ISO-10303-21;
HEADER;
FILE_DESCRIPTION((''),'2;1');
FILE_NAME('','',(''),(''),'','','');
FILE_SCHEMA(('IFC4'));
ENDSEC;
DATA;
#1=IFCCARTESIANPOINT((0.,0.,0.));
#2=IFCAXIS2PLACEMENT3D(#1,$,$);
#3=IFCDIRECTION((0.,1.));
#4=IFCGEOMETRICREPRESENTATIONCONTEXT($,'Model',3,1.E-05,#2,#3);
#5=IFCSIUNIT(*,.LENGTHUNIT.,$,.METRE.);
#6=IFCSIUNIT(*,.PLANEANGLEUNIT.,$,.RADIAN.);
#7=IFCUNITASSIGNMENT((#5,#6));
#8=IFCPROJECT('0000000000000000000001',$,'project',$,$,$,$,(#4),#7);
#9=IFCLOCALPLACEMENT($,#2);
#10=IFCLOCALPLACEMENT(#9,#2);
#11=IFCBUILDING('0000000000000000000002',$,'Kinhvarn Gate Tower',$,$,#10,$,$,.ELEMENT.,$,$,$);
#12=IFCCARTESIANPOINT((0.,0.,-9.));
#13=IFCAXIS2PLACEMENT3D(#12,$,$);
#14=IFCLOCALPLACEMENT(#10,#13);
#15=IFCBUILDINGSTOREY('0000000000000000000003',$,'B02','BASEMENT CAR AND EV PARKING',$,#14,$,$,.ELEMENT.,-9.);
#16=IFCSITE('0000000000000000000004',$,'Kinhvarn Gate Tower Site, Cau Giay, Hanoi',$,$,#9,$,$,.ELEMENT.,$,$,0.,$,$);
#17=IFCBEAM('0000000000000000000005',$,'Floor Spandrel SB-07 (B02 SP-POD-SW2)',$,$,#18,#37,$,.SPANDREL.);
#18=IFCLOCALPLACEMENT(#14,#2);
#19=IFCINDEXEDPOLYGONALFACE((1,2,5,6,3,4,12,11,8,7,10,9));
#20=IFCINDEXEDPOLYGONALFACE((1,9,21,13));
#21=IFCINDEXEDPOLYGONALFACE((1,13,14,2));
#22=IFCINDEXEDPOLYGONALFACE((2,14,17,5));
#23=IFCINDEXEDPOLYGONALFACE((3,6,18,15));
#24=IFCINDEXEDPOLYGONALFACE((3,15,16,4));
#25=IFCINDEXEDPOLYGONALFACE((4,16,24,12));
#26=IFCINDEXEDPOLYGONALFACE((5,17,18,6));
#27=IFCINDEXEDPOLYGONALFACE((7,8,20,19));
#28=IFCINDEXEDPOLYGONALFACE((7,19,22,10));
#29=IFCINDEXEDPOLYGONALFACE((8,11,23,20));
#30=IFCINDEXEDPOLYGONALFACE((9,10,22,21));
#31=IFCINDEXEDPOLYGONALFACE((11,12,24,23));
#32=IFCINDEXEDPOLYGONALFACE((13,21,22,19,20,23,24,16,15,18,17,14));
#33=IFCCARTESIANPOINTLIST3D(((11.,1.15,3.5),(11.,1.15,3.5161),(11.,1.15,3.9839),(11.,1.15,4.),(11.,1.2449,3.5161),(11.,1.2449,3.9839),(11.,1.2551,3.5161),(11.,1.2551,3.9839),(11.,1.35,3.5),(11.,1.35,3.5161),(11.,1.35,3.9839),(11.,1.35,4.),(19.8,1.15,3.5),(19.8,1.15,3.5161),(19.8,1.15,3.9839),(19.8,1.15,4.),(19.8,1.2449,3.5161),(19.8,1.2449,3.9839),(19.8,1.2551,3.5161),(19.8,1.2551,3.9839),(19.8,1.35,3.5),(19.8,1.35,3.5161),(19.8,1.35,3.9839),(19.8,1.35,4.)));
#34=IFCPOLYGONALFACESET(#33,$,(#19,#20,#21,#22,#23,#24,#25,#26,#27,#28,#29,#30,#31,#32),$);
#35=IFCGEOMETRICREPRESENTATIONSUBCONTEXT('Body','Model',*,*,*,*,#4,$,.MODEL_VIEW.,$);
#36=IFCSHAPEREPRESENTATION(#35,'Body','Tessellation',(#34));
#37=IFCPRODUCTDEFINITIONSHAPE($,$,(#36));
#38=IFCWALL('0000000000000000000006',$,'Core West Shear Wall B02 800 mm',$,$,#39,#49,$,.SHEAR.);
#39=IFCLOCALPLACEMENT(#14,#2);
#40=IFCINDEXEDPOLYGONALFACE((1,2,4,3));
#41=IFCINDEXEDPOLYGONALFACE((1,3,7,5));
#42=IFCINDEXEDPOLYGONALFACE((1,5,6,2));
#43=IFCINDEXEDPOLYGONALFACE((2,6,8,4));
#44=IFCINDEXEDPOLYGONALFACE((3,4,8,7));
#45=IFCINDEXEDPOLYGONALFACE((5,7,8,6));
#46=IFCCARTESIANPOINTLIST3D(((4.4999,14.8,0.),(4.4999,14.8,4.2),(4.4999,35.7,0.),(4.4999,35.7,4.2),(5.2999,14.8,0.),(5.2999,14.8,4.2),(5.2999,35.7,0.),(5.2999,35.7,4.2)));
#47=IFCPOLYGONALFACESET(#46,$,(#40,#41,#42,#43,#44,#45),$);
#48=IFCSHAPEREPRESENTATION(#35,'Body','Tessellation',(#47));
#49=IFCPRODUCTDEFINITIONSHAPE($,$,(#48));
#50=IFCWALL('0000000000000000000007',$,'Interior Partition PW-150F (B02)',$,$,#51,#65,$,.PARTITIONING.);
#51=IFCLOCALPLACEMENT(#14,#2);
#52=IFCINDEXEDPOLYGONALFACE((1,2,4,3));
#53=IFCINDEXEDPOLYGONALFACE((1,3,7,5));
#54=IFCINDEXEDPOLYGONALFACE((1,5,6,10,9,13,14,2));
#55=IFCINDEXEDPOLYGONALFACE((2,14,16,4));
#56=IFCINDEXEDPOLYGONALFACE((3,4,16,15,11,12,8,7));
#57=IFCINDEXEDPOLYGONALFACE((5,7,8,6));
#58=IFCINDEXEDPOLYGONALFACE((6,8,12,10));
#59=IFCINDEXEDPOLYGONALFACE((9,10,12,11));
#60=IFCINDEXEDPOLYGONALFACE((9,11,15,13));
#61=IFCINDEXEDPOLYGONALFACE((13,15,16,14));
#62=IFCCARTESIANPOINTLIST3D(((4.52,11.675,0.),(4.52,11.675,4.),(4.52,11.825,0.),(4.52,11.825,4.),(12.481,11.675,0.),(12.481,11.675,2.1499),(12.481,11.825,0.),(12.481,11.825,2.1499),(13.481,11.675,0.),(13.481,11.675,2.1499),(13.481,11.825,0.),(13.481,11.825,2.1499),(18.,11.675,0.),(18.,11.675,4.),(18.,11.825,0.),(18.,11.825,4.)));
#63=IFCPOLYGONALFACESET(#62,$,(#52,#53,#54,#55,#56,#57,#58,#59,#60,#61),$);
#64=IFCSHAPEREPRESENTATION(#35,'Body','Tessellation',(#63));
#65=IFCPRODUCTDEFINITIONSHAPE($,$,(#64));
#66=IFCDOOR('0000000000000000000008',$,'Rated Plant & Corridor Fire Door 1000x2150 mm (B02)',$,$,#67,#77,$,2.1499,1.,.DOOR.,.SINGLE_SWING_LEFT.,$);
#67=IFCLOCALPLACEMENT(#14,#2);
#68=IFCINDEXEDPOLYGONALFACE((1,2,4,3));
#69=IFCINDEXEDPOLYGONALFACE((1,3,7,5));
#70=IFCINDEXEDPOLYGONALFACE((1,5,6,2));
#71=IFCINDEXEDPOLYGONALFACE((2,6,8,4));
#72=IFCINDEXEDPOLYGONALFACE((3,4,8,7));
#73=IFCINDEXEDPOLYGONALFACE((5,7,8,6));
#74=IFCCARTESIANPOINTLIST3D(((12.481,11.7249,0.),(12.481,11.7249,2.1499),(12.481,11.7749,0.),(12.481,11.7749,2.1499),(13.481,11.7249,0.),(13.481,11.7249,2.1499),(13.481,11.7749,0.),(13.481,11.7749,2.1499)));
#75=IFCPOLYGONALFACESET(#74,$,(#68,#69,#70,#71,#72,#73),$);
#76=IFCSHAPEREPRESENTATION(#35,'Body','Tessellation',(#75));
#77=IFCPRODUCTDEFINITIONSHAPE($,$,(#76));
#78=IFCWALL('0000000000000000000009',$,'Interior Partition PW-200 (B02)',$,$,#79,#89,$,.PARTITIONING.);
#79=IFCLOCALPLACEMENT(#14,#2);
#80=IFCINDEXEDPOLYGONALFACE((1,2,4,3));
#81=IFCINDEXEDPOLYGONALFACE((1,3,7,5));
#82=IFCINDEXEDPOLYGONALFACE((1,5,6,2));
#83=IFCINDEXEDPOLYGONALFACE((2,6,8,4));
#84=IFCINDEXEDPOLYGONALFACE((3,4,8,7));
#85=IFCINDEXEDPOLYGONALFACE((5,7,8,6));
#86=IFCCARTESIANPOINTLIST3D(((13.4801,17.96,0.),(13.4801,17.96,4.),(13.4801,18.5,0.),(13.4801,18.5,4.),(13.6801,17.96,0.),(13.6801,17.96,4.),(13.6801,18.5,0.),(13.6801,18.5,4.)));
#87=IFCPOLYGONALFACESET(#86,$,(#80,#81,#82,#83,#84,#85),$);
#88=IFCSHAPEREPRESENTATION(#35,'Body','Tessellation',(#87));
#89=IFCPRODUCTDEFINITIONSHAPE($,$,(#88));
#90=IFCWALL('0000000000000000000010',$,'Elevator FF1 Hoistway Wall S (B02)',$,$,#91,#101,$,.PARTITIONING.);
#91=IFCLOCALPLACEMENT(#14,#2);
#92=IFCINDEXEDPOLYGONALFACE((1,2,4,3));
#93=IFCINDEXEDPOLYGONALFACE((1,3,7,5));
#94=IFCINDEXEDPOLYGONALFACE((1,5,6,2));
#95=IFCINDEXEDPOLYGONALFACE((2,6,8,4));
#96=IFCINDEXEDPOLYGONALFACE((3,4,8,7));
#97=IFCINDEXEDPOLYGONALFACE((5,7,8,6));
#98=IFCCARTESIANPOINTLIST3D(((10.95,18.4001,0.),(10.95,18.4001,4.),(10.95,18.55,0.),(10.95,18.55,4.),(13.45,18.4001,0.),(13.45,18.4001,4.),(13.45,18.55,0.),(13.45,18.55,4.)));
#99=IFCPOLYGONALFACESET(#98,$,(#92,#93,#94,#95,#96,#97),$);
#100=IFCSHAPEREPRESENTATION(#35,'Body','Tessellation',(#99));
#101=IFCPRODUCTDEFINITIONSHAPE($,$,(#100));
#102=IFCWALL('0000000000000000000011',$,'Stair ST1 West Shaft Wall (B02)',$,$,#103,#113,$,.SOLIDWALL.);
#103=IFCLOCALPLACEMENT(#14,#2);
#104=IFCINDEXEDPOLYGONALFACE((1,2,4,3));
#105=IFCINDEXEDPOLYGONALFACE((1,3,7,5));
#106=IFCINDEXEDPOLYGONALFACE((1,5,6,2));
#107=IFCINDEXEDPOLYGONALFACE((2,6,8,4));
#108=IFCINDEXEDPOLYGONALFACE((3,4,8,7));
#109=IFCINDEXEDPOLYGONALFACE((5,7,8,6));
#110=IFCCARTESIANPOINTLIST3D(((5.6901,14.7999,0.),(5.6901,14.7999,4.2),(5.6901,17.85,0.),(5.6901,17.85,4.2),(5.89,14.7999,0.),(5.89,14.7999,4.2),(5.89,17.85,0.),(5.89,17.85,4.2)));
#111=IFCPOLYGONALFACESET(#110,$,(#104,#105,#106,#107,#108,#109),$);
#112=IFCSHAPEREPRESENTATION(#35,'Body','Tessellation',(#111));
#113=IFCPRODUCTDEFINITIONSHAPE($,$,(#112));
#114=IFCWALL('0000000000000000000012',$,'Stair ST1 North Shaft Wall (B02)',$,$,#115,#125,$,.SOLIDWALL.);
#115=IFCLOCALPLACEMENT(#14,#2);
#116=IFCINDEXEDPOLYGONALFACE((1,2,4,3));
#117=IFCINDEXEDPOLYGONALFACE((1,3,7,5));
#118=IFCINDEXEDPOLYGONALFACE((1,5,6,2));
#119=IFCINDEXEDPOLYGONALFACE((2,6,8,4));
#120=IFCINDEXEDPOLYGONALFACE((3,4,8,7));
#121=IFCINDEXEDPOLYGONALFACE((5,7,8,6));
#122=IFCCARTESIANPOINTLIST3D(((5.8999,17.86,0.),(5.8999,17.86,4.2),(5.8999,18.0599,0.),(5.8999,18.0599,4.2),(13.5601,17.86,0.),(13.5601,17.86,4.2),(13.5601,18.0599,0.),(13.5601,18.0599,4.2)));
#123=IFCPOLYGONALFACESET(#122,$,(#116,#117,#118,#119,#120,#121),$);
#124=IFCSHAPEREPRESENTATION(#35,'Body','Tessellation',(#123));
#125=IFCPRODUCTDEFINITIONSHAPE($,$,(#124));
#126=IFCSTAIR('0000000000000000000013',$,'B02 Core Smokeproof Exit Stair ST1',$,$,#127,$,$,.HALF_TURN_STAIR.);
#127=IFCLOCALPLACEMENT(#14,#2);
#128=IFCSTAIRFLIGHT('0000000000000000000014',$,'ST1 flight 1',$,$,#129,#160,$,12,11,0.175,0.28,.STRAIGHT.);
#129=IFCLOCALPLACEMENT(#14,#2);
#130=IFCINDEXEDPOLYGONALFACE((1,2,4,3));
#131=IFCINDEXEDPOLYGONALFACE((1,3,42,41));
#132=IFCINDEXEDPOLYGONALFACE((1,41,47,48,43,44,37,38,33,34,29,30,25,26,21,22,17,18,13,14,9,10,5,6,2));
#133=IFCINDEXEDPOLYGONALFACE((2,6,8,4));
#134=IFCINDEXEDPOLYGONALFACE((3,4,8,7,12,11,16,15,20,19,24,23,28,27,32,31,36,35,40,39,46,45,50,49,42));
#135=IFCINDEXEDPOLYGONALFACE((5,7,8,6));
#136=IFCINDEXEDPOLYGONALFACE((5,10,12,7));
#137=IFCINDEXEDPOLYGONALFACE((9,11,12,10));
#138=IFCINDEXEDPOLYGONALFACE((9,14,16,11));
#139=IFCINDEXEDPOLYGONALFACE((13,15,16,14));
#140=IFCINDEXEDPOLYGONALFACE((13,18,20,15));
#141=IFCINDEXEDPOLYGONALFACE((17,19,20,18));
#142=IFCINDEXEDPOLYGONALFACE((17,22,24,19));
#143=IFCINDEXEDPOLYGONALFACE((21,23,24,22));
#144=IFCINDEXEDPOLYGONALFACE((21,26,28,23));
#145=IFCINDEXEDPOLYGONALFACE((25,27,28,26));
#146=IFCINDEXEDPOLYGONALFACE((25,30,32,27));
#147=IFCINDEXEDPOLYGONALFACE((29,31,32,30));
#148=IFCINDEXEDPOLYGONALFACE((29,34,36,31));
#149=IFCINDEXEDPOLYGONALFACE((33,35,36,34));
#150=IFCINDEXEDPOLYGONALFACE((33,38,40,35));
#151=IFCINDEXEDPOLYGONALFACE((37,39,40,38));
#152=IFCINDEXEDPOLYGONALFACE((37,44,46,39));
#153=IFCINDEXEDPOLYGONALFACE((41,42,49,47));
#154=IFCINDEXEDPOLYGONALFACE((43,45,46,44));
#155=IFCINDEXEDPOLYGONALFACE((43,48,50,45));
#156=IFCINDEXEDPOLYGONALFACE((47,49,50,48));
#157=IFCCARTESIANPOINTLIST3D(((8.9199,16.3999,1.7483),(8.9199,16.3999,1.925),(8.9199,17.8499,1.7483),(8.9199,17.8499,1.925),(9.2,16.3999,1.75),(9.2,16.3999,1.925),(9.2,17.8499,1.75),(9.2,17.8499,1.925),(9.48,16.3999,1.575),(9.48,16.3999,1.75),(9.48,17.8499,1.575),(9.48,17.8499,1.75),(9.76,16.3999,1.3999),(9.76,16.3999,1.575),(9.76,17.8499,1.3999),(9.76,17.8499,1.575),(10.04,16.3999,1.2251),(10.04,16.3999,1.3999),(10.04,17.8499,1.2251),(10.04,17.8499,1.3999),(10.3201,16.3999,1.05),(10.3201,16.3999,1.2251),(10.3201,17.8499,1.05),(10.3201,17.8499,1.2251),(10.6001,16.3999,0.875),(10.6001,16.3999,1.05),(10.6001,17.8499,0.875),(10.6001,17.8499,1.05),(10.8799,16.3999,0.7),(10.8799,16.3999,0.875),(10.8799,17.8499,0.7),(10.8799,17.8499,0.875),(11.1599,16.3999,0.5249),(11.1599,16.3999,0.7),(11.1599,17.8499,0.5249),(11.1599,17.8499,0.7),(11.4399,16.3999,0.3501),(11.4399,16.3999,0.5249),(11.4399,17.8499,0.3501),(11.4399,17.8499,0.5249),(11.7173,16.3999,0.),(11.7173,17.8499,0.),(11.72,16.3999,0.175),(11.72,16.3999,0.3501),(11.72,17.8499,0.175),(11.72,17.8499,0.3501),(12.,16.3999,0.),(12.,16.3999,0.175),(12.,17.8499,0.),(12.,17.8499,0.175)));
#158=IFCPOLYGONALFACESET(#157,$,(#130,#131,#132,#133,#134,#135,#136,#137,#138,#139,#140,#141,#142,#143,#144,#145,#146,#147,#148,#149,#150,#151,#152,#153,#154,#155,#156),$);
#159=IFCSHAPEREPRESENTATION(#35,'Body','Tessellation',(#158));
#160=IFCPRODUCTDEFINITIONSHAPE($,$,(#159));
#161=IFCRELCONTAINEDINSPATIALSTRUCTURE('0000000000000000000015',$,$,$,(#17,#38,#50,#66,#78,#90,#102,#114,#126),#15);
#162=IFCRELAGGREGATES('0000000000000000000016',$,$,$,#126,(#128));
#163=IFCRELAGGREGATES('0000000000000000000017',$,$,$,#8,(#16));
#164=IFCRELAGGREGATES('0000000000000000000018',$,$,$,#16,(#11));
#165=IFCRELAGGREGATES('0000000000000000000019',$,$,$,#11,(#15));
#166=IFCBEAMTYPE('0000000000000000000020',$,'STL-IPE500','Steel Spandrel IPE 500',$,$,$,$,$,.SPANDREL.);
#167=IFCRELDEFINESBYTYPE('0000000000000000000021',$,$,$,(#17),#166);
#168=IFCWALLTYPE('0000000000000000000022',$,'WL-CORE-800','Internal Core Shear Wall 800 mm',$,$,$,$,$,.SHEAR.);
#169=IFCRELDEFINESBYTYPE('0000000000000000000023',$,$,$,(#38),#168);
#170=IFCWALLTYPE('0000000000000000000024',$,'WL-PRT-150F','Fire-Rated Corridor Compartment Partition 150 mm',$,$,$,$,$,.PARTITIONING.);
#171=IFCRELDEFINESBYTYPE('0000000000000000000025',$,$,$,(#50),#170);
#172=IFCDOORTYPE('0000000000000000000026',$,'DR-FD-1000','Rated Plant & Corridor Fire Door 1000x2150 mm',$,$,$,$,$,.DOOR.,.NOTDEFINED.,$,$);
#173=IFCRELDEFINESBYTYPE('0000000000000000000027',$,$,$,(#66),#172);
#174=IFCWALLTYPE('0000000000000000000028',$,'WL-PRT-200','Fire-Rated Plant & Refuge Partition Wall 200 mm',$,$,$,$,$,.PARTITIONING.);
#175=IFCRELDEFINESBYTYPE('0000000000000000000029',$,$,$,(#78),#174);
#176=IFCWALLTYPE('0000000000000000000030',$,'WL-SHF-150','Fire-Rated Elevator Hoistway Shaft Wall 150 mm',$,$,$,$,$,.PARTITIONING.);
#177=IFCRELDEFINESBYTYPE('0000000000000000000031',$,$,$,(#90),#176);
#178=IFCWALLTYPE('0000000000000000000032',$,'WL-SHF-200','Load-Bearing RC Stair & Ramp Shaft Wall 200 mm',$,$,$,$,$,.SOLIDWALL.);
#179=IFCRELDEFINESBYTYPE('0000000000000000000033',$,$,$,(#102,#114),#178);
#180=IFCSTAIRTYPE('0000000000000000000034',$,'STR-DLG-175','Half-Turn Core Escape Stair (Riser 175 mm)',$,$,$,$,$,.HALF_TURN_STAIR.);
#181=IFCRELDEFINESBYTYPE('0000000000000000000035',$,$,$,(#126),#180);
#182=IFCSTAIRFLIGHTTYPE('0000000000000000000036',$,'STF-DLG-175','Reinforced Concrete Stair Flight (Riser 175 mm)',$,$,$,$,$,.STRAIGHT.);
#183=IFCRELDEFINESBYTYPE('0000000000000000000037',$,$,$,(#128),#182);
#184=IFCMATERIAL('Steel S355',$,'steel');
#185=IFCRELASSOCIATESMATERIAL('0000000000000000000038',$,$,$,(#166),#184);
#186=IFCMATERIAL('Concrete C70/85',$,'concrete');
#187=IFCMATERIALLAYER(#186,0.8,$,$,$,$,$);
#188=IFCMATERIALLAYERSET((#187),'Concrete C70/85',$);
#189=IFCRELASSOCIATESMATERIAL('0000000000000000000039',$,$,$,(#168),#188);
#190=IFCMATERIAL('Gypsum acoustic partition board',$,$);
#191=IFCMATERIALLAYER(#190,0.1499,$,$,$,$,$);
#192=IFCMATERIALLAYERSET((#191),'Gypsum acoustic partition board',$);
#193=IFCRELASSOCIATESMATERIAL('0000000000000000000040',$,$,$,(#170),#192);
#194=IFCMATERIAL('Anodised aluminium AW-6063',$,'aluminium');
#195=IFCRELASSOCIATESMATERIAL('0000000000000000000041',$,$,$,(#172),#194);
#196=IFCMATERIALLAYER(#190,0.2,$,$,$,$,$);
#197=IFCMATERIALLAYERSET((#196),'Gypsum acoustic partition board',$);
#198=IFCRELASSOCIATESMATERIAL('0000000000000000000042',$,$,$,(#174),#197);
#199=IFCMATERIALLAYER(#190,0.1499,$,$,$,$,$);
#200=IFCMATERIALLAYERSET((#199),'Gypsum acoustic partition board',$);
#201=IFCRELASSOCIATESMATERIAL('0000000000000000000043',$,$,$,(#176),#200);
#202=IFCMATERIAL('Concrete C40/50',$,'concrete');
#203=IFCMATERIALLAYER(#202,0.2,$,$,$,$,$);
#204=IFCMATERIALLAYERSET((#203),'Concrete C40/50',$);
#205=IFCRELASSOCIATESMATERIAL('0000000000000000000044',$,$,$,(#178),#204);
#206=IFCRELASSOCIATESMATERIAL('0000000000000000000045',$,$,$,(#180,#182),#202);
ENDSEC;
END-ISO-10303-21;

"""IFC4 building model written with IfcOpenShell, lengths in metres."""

from ifc_helpers import new_model, si_unit, direction, frame, frame_2d, origin, origin_2d, place, context, subcontext, project, spatial, polyline, rectangle, i_section, outline, extrude, material, layer, layer_set, material_profile, profile_set, type_object, element, fill, aggregate, save


model = new_model("IFC4")

# Units and contexts
model_context = context("Model", 3, precision=1e-05, world=origin(), true_north=direction((0.0, 1.0)))
body_context = subcontext(model_context, "Body", "Model", "MODEL_VIEW")
ifc_project = project(units=[si_unit("LENGTHUNIT", "METRE"), si_unit("PLANEANGLEUNIT", "RADIAN")], contexts=[model_context])

# Site, building, storey
site_placement = place(None, origin())
site = spatial("IfcSite", under=ifc_project, at=site_placement, Name="Kinhvarn Gate Tower Site, Cau Giay, Hanoi", CompositionType="ELEMENT", RefElevation=0.0)
building_placement = place(site_placement, origin())
building = spatial("IfcBuilding", under=site, at=building_placement, Name="Kinhvarn Gate Tower", CompositionType="ELEMENT")
storey_placement = place(building_placement, frame((0.0, 0.0, -9.0)))
storey = spatial("IfcBuildingStorey", under=building, at=storey_placement, Name="B02", Description="BASEMENT CAR AND EV PARKING", CompositionType="ELEMENT", Elevation=-9.0)

# Shared definitions
ifc_material_1 = material(Name="Concrete C70/85", Category="concrete")

# Beam
ifc_material_2 = material(Name="Steel S355", Category="steel")
ifc_material_profile_1 = material_profile(ifc_material_2, i_section(OverallWidth=0.2, OverallDepth=0.5, WebThickness=0.0103, FlangeThickness=0.0161, at=origin_2d()), Name="IPE 500")
ifc_profile_set_1 = profile_set([ifc_material_profile_1], Name="Steel S355")
beam_type_1 = type_object("IfcBeamType", Name="STL-IPE500", Description="Steel Spandrel IPE 500", PredefinedType="SPANDREL", material=ifc_profile_set_1)
beam_1_placement = place(storey_placement, frame((11.0, 1.25, 3.75), z_axis=(1.0, 0.0, 0.0), x_axis=(0.0, 1.0, 0.0)))
element("IfcBeam", 1, at=beam_1_placement, inside=storey, type_object=beam_type_1, Name="Floor Spandrel SB-07 (B02 SP-POD-SW2)", PredefinedType="SPANDREL", context=body_context, shape_type="SweptSolid", body=[
    extrude(i_section(OverallWidth=0.2, OverallDepth=0.5, WebThickness=0.0103, FlangeThickness=0.0161, at=origin_2d()), origin(), (0.0, 0.0, 1.0), 8.8),
])

# Wall
ifc_layer_1 = layer(ifc_material_1, 0.8)
ifc_layer_set_1 = layer_set([ifc_layer_1], Name="Concrete C70/85")
wall_type_1 = type_object("IfcWallType", Name="WL-CORE-800", Description="Internal Core Shear Wall 800 mm", PredefinedType="SHEAR", material=ifc_layer_set_1)
wall_1_placement = place(storey_placement, frame((4.8999, 14.8, 0.0), z_axis=(0.0, 0.0, 1.0), x_axis=(0.0, 1.0, 0.0)))
element("IfcWall", 2, at=wall_1_placement, inside=storey, type_object=wall_type_1, Name="Core West Shear Wall B02 800 mm", PredefinedType="SHEAR", context=body_context, shape_type="SweptSolid", body=[
    extrude(rectangle(XDim=20.8999, YDim=0.8, at=frame_2d((10.45, 0.0))), origin(), (0.0, 0.0, 1.0), 4.2),
])

# Wall, opening, door
ifc_material_3 = material(Name="Anodised aluminium AW-6063", Category="aluminium")
ifc_material_4 = material(Name="Gypsum acoustic partition board")
ifc_layer_2 = layer(ifc_material_4, 0.1499)
ifc_layer_set_2 = layer_set([ifc_layer_2], Name="Gypsum acoustic partition board")
wall_type_2 = type_object("IfcWallType", Name="WL-PRT-150F", Description="Fire-Rated Corridor Compartment Partition 150 mm", PredefinedType="PARTITIONING", material=ifc_layer_set_2)
wall_2_placement = place(storey_placement, frame((4.52, 11.75, 0.0), z_axis=(0.0, 0.0, 1.0), x_axis=(1.0, 0.0, 0.0)))
wall_2 = element("IfcWall", 3, at=wall_2_placement, inside=storey, type_object=wall_type_2, Name="Interior Partition PW-150F (B02)", PredefinedType="PARTITIONING", context=body_context, shape_type="SweptSolid", body=[
    extrude(rectangle(XDim=13.48, YDim=0.1499, at=frame_2d((6.74, 0.0))), origin(), (0.0, 0.0, 1.0), 4.0),
])
opening_1_placement = place(wall_2_placement, frame((7.9609, 0.0, 0.0)))
opening_1 = element("IfcOpeningElement", 4, at=opening_1_placement, cuts=wall_2, PredefinedType="OPENING", context=body_context, shape_type="SweptSolid", body=[
    extrude(rectangle(XDim=1.0, YDim=2.1499, at=frame_2d((0.5, 1.075))), frame((0.0, 0.085, 0.0), z_axis=(0.0, -1.0, 0.0), x_axis=(1.0, 0.0, 0.0)), (0.0, 0.0, 1.0), 0.1699),
])
door_type_1 = type_object("IfcDoorType", Name="DR-FD-1000", Description="Rated Plant & Corridor Fire Door 1000x2150 mm", OperationType="NOTDEFINED", PredefinedType="DOOR", material=ifc_material_3)
door_1_placement = place(opening_1_placement, origin())
door_1 = element("IfcDoor", 5, at=door_1_placement, inside=storey, type_object=door_type_1, Name="Rated Plant & Corridor Fire Door 1000x2150 mm (B02)", OperationType="SINGLE_SWING_LEFT", OverallHeight=2.1499, OverallWidth=1.0, PredefinedType="DOOR", context=body_context, shape_type="SweptSolid", body=[
    extrude(rectangle(XDim=1.0, YDim=2.1499, at=frame_2d((0.5, 1.075))), frame((0.0, 0.0249, 0.0), z_axis=(0.0, -1.0, 0.0), x_axis=(1.0, 0.0, 0.0)), (0.0, 0.0, 1.0), 0.05),
])
fill(opening_1, door_1)

# Walls
ifc_layer_3 = layer(ifc_material_4, 0.2)
ifc_layer_set_3 = layer_set([ifc_layer_3], Name="Gypsum acoustic partition board")
wall_type_3 = type_object("IfcWallType", Name="WL-PRT-200", Description="Fire-Rated Plant & Refuge Partition Wall 200 mm", PredefinedType="PARTITIONING", material=ifc_layer_set_3)
wall_3_placement = place(storey_placement, frame((13.5801, 17.96, 0.0), z_axis=(0.0, 0.0, 1.0), x_axis=(0.0, 1.0, 0.0)))
element("IfcWall", 6, at=wall_3_placement, inside=storey, type_object=wall_type_3, Name="Interior Partition PW-200 (B02)", PredefinedType="PARTITIONING", context=body_context, shape_type="SweptSolid", body=[
    extrude(rectangle(XDim=0.54, YDim=0.2, at=frame_2d((0.27, 0.0))), origin(), (0.0, 0.0, 1.0), 4.0),
])
ifc_layer_4 = layer(ifc_material_4, 0.1499)
ifc_layer_set_4 = layer_set([ifc_layer_4], Name="Gypsum acoustic partition board")
wall_type_4 = type_object("IfcWallType", Name="WL-SHF-150", Description="Fire-Rated Elevator Hoistway Shaft Wall 150 mm", PredefinedType="PARTITIONING", material=ifc_layer_set_4)
wall_4_placement = place(storey_placement, frame((10.95, 18.4751, 0.0), z_axis=(0.0, 0.0, 1.0), x_axis=(1.0, 0.0, 0.0)))
element("IfcWall", 7, at=wall_4_placement, inside=storey, type_object=wall_type_4, Name="Elevator FF1 Hoistway Wall S (B02)", PredefinedType="PARTITIONING", context=body_context, shape_type="SweptSolid", body=[
    extrude(rectangle(XDim=2.5, YDim=0.1499, at=frame_2d((1.25, 0.0))), origin(), (0.0, 0.0, 1.0), 4.0),
])
ifc_material_5 = material(Name="Concrete C40/50", Category="concrete")
ifc_layer_5 = layer(ifc_material_5, 0.2)
ifc_layer_set_5 = layer_set([ifc_layer_5], Name="Concrete C40/50")
wall_type_5 = type_object("IfcWallType", Name="WL-SHF-200", Description="Load-Bearing RC Stair & Ramp Shaft Wall 200 mm", PredefinedType="SOLIDWALL", material=ifc_layer_set_5)
wall_5_placement = place(storey_placement, frame((5.79, 14.8, 0.0), z_axis=(0.0, 0.0, 1.0), x_axis=(0.0, 1.0, 0.0)))
element("IfcWall", 8, at=wall_5_placement, inside=storey, type_object=wall_type_5, Name="Stair ST1 West Shaft Wall (B02)", PredefinedType="SOLIDWALL", context=body_context, shape_type="SweptSolid", body=[
    extrude(rectangle(XDim=3.05, YDim=0.2, at=frame_2d((1.5249, 0.0))), origin(), (0.0, 0.0, 1.0), 4.2),
])
wall_6_placement = place(storey_placement, frame((5.8999, 17.96, 0.0), z_axis=(0.0, 0.0, 1.0), x_axis=(1.0, 0.0, 0.0)))
element("IfcWall", 9, at=wall_6_placement, inside=storey, type_object=wall_type_5, Name="Stair ST1 North Shaft Wall (B02)", PredefinedType="SOLIDWALL", context=body_context, shape_type="SweptSolid", body=[
    extrude(rectangle(XDim=7.6602, YDim=0.2, at=frame_2d((3.8301, 0.0))), origin(), (0.0, 0.0, 1.0), 4.2),
])

# Stair, stair flight
stair_type = type_object("IfcStairType", Name="STR-DLG-175", Description="Half-Turn Core Escape Stair (Riser 175 mm)", PredefinedType="HALF_TURN_STAIR", material=ifc_material_5)
stair_placement = place(storey_placement, origin())
stair = element("IfcStair", 10, at=stair_placement, inside=storey, type_object=stair_type, Name="B02 Core Smokeproof Exit Stair ST1", PredefinedType="HALF_TURN_STAIR")
stair_flight_type = type_object("IfcStairFlightType", Name="STF-DLG-175", Description="Reinforced Concrete Stair Flight (Riser 175 mm)", PredefinedType="STRAIGHT", material=ifc_material_5)
stair_flight_1_placement = place(storey_placement, frame((12.0, 17.125, 0.0), z_axis=(0.0, 0.0, 1.0), x_axis=(-1.0, 0.0, 0.0)))
stair_flight_1 = element("IfcStairFlight", 11, at=stair_flight_1_placement, type_object=stair_flight_type, Name="ST1 flight 1", NumberOfRisers=12, NumberOfTreads=11, PredefinedType="STRAIGHT", RiserHeight=0.175, TreadLength=0.28, context=body_context, shape_type="SweptSolid", body=[
    extrude(outline(polyline([(0.0, 0.0), (0.0, 0.175), (0.28, 0.175), (0.28, 0.3501), (0.5601, 0.3501), (0.5601, 0.5249), (0.8401, 0.5249), (0.8401, 0.7), (1.1201, 0.7), (1.1201, 0.875), (1.3999, 0.875), (1.3999, 1.05), (1.6799, 1.05), (1.6799, 1.2251), (1.96, 1.2251), (1.96, 1.3999), (2.24, 1.3999), (2.24, 1.575), (2.52, 1.575), (2.52, 1.75), (2.8, 1.75), (2.8, 1.925), (3.0801, 1.925), (3.0801, 2.1001), (3.0801, 1.7483), (0.2827, 0.0), (0.0, 0.0)])), frame((0.0, 0.7251, 0.0), z_axis=(0.0, -1.0, 0.0), x_axis=(1.0, 0.0, 0.0)), (0.0, 0.0, 1.0), 1.45),
])
aggregate(stair, [stair_flight_1])

save(model, "model.ifc")
